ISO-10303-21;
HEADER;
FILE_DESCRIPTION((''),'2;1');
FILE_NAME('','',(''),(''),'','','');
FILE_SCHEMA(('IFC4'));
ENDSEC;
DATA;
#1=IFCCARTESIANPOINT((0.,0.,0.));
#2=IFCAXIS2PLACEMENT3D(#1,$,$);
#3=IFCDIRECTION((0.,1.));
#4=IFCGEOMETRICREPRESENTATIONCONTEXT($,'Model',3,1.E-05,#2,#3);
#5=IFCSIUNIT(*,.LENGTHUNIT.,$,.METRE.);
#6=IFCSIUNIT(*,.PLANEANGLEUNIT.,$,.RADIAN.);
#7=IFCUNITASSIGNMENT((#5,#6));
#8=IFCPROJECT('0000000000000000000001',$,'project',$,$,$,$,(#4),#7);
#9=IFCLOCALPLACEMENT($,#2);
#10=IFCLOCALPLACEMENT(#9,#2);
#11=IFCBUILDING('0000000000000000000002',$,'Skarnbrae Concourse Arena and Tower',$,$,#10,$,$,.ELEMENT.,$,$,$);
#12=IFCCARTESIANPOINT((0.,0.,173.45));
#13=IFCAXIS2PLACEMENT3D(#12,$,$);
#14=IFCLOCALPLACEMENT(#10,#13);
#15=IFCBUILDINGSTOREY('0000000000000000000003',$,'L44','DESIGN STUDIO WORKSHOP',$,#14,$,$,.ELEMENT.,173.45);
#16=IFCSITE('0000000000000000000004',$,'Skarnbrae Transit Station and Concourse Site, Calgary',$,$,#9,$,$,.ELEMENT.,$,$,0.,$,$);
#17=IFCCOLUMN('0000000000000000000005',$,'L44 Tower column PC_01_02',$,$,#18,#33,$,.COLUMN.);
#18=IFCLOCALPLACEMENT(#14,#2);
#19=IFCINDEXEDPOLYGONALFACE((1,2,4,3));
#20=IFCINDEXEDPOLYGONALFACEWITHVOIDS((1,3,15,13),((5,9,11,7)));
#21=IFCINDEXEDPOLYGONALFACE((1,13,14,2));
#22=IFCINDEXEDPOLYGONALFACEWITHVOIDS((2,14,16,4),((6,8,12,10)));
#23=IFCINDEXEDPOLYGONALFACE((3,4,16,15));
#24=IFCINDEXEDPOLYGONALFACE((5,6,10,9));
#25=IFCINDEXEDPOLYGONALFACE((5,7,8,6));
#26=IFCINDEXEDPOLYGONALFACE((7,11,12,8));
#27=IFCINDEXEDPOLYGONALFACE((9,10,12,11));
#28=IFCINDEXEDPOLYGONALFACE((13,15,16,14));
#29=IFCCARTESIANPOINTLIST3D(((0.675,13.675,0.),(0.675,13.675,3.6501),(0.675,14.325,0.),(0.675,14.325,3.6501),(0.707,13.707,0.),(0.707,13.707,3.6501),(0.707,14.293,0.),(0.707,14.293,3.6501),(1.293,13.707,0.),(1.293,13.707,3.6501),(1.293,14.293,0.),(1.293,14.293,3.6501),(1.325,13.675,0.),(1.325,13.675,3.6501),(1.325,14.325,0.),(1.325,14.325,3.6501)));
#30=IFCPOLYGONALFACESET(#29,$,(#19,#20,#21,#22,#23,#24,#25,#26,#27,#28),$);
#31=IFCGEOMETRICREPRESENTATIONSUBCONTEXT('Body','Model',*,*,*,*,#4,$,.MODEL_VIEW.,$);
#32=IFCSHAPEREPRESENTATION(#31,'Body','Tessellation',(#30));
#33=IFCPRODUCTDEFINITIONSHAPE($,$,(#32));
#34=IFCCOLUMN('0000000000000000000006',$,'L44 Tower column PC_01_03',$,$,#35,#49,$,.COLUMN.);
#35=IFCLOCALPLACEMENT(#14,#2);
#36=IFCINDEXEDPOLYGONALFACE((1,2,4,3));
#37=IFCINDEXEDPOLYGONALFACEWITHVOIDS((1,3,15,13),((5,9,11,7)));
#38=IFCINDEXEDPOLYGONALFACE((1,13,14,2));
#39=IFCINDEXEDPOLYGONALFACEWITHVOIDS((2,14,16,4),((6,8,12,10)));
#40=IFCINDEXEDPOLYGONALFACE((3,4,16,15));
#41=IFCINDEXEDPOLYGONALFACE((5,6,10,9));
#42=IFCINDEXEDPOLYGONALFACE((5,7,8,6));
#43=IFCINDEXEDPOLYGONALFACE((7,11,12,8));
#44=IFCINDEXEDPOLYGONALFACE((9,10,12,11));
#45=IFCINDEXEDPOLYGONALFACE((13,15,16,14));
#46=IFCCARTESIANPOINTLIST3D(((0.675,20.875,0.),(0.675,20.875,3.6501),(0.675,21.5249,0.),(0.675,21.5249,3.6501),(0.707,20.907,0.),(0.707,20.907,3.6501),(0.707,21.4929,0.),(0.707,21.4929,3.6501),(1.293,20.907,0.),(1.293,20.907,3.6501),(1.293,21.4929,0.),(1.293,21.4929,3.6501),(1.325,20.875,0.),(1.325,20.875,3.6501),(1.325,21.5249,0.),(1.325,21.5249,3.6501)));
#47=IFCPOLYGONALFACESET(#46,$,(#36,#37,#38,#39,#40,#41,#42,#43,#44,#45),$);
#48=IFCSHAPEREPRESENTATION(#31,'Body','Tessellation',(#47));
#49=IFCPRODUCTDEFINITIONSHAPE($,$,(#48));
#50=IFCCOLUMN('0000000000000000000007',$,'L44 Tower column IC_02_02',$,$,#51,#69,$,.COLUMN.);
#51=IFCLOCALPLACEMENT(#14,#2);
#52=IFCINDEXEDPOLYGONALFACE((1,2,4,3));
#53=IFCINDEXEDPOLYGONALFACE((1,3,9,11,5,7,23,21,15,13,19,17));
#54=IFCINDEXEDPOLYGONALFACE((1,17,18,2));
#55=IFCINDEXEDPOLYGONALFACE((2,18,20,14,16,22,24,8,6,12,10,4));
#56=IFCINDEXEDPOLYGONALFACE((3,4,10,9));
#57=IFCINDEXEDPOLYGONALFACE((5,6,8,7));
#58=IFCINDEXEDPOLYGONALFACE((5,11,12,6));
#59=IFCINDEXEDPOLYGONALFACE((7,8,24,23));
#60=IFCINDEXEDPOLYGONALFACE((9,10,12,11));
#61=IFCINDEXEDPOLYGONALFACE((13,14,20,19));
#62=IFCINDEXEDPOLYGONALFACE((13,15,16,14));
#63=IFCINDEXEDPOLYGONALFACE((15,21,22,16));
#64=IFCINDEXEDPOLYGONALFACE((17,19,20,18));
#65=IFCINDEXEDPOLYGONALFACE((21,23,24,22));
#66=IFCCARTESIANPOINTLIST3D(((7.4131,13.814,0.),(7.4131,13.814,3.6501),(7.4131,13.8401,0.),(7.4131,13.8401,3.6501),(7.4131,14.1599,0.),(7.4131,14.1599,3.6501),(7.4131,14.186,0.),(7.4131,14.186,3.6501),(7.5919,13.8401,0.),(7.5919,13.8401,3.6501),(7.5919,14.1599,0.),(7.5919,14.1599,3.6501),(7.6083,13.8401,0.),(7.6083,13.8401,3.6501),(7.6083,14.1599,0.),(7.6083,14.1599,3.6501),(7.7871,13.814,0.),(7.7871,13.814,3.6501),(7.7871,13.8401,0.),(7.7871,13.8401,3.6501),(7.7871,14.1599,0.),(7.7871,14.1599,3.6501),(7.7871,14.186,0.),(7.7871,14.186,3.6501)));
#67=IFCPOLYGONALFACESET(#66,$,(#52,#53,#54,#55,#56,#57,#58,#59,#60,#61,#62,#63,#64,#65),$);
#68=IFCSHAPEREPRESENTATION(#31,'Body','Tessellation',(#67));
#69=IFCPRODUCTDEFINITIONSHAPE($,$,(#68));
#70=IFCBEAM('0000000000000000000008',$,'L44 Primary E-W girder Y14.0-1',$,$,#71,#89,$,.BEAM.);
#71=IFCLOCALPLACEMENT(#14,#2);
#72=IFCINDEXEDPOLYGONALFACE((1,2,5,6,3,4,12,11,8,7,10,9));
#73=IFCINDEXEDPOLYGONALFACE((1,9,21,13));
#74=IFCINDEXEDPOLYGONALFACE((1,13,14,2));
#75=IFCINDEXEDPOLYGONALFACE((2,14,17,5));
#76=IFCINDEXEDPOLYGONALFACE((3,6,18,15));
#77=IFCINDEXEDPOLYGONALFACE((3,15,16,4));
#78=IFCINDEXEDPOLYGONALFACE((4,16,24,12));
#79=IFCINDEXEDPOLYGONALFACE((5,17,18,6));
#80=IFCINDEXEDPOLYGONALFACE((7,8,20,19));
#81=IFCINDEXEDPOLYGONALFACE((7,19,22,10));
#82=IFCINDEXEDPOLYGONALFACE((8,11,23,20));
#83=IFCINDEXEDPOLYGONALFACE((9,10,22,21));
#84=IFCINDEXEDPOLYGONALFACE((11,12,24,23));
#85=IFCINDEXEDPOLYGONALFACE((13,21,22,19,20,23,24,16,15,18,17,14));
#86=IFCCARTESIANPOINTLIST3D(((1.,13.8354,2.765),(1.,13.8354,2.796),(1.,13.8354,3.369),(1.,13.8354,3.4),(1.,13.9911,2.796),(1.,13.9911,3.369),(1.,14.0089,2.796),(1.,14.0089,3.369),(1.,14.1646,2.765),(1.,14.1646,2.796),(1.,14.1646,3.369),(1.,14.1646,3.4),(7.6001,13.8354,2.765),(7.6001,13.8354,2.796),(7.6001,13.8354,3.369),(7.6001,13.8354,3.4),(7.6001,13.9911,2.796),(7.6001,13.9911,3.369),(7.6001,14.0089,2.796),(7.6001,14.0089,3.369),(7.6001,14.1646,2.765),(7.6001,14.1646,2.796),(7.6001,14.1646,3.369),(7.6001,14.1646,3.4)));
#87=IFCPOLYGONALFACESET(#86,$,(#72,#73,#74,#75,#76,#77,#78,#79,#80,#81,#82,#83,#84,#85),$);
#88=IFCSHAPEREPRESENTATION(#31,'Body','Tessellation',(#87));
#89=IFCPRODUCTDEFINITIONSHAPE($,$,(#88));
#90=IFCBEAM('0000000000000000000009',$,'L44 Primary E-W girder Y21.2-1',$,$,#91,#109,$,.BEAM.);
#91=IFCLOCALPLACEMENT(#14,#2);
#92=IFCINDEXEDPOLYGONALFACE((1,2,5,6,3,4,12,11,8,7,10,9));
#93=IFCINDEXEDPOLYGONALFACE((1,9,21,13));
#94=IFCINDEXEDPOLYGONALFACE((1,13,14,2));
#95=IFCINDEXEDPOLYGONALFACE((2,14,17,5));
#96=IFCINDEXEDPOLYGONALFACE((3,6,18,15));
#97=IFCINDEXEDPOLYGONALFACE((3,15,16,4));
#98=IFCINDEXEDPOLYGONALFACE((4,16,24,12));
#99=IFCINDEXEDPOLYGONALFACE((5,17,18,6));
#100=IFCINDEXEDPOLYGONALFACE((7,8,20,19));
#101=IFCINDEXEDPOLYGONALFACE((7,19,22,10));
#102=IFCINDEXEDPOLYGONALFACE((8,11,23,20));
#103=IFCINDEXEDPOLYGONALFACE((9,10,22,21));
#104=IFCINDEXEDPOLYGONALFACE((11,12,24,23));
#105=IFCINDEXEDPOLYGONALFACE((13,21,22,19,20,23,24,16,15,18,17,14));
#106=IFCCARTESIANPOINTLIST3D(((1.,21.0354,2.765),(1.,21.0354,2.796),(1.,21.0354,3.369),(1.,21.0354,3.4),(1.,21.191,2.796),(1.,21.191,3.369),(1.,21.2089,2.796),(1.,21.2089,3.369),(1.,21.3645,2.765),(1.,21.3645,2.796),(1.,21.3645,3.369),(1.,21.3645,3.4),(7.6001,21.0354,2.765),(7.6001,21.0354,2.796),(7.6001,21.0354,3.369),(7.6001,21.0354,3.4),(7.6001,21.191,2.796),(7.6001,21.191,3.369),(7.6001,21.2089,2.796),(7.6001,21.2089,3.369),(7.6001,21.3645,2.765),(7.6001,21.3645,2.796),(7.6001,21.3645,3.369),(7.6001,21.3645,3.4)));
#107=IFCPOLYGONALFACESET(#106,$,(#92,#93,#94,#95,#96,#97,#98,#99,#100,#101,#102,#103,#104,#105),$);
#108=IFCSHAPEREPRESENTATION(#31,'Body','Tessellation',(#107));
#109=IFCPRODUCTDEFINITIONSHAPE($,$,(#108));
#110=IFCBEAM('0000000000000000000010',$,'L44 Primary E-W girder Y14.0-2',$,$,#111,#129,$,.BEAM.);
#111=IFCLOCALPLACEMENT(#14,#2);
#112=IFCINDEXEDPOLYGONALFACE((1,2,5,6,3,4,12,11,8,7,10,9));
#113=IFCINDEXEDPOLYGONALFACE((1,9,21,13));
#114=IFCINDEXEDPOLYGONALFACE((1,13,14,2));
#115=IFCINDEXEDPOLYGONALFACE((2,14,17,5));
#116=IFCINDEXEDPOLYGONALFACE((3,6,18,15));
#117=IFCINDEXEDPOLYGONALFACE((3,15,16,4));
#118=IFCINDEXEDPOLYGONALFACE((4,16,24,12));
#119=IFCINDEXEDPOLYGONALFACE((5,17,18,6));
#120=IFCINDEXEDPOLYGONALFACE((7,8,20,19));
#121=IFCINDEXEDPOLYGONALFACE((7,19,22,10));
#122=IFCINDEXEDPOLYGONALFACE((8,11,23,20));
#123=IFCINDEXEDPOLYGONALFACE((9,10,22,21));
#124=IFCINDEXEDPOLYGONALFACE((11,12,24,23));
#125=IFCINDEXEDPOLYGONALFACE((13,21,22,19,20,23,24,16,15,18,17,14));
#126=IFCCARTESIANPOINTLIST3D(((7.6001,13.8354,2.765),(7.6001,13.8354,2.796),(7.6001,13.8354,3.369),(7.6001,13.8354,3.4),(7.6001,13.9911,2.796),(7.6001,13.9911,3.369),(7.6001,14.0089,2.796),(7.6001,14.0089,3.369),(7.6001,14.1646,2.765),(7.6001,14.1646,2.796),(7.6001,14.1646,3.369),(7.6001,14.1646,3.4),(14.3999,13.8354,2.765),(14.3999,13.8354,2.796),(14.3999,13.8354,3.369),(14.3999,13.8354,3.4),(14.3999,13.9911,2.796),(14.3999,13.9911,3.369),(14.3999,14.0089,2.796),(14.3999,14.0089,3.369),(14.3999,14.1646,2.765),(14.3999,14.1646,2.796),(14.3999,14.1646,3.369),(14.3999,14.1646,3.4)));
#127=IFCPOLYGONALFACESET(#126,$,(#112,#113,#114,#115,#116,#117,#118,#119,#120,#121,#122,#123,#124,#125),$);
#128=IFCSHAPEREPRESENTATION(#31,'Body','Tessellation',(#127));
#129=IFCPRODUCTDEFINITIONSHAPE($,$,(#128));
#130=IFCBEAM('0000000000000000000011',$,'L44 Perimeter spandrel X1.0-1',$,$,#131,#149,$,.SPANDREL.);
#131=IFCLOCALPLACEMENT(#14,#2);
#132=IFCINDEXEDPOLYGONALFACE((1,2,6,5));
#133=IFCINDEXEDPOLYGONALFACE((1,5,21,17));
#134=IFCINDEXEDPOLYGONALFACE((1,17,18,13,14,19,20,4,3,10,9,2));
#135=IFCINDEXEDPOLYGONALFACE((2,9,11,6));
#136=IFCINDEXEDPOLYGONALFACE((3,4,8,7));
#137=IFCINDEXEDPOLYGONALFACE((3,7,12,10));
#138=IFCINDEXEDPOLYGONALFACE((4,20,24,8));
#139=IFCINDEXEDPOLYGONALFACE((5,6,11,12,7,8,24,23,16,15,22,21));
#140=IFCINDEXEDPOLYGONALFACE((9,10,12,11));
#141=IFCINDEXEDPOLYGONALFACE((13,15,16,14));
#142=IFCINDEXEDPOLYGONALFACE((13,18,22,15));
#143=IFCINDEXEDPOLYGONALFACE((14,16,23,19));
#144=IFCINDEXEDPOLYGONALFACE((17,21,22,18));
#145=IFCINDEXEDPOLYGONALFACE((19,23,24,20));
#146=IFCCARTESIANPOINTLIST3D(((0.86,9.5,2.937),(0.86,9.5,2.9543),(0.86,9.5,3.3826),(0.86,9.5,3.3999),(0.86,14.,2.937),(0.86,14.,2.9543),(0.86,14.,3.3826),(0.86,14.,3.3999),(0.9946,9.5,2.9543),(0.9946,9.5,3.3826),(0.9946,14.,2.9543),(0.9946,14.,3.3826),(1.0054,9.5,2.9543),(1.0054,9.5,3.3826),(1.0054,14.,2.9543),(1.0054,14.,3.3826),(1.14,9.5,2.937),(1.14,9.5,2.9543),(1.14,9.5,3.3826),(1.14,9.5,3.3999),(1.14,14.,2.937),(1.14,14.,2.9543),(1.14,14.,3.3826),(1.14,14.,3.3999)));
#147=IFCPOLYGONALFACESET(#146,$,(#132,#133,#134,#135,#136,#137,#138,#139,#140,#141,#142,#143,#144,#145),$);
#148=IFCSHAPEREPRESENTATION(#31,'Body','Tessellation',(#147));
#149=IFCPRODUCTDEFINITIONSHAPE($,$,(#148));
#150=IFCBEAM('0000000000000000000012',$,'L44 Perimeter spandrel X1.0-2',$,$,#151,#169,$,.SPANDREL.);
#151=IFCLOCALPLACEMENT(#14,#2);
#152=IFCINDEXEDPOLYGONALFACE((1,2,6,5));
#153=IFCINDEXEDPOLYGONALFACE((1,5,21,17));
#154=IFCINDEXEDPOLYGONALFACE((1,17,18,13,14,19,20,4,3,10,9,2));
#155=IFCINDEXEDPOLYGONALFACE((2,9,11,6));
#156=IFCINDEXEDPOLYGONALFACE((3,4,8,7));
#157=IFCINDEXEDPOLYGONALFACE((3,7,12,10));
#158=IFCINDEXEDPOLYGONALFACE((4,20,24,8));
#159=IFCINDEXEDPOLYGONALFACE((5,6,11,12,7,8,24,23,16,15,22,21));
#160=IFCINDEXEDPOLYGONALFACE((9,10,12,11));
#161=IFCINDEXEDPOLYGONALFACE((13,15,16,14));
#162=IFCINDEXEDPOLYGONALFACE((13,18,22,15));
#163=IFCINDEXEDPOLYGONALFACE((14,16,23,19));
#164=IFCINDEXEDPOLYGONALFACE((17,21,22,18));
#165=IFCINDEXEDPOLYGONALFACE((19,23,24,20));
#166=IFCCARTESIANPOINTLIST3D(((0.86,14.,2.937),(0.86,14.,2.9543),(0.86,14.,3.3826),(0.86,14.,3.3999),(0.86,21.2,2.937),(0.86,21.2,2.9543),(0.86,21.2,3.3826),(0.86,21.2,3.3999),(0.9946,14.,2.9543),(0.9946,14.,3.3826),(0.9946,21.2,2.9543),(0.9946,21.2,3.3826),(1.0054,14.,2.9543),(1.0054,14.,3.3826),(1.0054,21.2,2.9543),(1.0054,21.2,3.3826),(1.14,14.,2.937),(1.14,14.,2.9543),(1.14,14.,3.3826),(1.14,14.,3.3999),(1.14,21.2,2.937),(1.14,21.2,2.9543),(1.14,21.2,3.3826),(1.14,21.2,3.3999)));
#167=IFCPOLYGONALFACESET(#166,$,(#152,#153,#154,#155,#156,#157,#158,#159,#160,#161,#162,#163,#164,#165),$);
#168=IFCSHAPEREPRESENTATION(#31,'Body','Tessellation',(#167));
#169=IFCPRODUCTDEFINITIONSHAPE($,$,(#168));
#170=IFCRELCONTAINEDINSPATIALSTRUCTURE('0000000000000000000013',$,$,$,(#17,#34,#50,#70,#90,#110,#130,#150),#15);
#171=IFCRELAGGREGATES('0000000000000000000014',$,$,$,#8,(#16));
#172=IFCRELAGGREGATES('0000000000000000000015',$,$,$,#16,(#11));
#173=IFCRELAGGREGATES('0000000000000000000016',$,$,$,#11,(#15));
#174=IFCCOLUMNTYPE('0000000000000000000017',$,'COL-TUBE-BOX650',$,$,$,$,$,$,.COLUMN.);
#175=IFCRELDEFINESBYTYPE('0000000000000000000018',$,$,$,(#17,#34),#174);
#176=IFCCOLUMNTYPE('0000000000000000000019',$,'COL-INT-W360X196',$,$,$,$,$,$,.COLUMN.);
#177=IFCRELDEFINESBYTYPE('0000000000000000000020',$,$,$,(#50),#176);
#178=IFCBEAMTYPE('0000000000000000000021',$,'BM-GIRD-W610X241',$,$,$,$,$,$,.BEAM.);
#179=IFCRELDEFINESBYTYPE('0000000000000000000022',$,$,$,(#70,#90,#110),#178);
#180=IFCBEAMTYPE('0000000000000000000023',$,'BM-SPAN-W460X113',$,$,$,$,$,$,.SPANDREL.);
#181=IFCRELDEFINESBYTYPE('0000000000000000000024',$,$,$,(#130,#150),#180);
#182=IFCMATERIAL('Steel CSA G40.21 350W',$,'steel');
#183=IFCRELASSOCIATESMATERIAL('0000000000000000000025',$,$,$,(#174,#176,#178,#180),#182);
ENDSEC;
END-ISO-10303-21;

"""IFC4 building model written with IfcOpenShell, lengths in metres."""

from ifc_helpers import new_model, si_unit, direction, frame, origin, origin_2d, place, context, subcontext, project, spatial, hollow_rectangle, i_section, extrude, source, transform, mapped, material, material_profile, profile_set, type_object, element, save


model = new_model("IFC4")

# Units and contexts
model_context = context("Model", 3, precision=1e-05, world=origin(), true_north=direction((0.0, 1.0)))
body_context = subcontext(model_context, "Body", "Model", "MODEL_VIEW")
ifc_project = project(units=[si_unit("LENGTHUNIT", "METRE"), si_unit("PLANEANGLEUNIT", "RADIAN")], contexts=[model_context])

# Site, building, storey
site_placement = place(None, origin())
site = spatial("IfcSite", under=ifc_project, at=site_placement, Name="Skarnbrae Transit Station and Concourse Site, Calgary", CompositionType="ELEMENT", RefElevation=0.0)
building_placement = place(site_placement, origin())
building = spatial("IfcBuilding", under=site, at=building_placement, Name="Skarnbrae Concourse Arena and Tower", CompositionType="ELEMENT")
storey_placement = place(building_placement, frame((0.0, 0.0, 173.45)))
storey = spatial("IfcBuildingStorey", under=building, at=storey_placement, Name="L44", Description="DESIGN STUDIO WORKSHOP", CompositionType="ELEMENT", Elevation=173.45)

# Columns
ifc_material_1 = material(Name="Steel CSA G40.21 350W", Category="steel")
ifc_material_profile_1 = material_profile(ifc_material_1, hollow_rectangle(XDim=0.6499, YDim=0.6499, WallThickness=0.032, at=origin_2d()), Name="BOX650X650X32")
ifc_profile_set_1 = profile_set([ifc_material_profile_1], Name="Steel CSA G40.21 350W")
column_type_1 = type_object("IfcColumnType", Name="COL-TUBE-BOX650", PredefinedType="COLUMN", material=ifc_profile_set_1)
shared_shape_1 = source(origin(), body_context, "Body", "SweptSolid", [
    extrude(hollow_rectangle(XDim=0.6499, YDim=0.6499, WallThickness=0.032, at=origin_2d()), origin(), (0.0, 0.0, 1.0), 3.6501),
])
for number, where, z_axis, x_axis, name in (
    (1, (1.0, 14.0, 0.0), (0.0, 0.0, 1.0), (1.0, 0.0, 0.0), "L44 Tower column PC_01_02"),
    (2, (1.0, 21.2, 0.0), (0.0, 0.0, 1.0), (1.0, 0.0, 0.0), "L44 Tower column PC_01_03"),
):
    element("IfcColumn", number, at=place(storey_placement, frame(where, z_axis=z_axis, x_axis=x_axis)), inside=storey, type_object=column_type_1, Name=name, PredefinedType="COLUMN", context=body_context, shape_type="MappedRepresentation", body=[
        mapped(shared_shape_1, transform((0.0, 0.0, 0.0))),
    ])
ifc_material_profile_2 = material_profile(ifc_material_1, i_section(OverallWidth=0.374, OverallDepth=0.3721, WebThickness=0.0164, FlangeThickness=0.0261, at=origin_2d()), Name="W360X196")
ifc_profile_set_2 = profile_set([ifc_material_profile_2], Name="Steel CSA G40.21 350W")
column_type_2 = type_object("IfcColumnType", Name="COL-INT-W360X196", PredefinedType="COLUMN", material=ifc_profile_set_2)
shared_shape_2 = source(origin(), body_context, "Body", "SweptSolid", [
    extrude(i_section(OverallWidth=0.374, OverallDepth=0.3721, WebThickness=0.0164, FlangeThickness=0.0261, at=origin_2d()), origin(), (0.0, 0.0, 1.0), 3.6501),
])
column_placement = place(storey_placement, frame((7.6001, 14.0, 0.0), z_axis=(0.0, 0.0, 1.0), x_axis=(1.0, 0.0, 0.0)))
element("IfcColumn", 3, at=column_placement, inside=storey, type_object=column_type_2, Name="L44 Tower column IC_02_02", PredefinedType="COLUMN", context=body_context, shape_type="MappedRepresentation", body=[
    mapped(shared_shape_2, transform((0.0, 0.0, 0.0))),
])

# Beams
ifc_material_profile_3 = material_profile(ifc_material_1, i_section(OverallWidth=0.3291, OverallDepth=0.635, WebThickness=0.0178, FlangeThickness=0.031, at=origin_2d()), Name="W610X241")
ifc_profile_set_3 = profile_set([ifc_material_profile_3], Name="Steel CSA G40.21 350W")
beam_type_1 = type_object("IfcBeamType", Name="BM-GIRD-W610X241", PredefinedType="BEAM", material=ifc_profile_set_3)
shared_shape_3 = source(origin(), body_context, "Body", "SweptSolid", [
    extrude(i_section(OverallWidth=0.3291, OverallDepth=0.635, WebThickness=0.0178, FlangeThickness=0.031, at=origin_2d()), origin(), (0.0, 0.0, 1.0), 6.6001),
])
for number, where, z_axis, x_axis, name in (
    (4, (1.0, 14.0, 3.0825), (1.0, 0.0, 0.0), (0.0, 1.0, 0.0), "L44 Primary E-W girder Y14.0-1"),
    (5, (1.0, 21.2, 3.0825), (1.0, 0.0, 0.0), (0.0, 1.0, 0.0), "L44 Primary E-W girder Y21.2-1"),
):
    element("IfcBeam", number, at=place(storey_placement, frame(where, z_axis=z_axis, x_axis=x_axis)), inside=storey, type_object=beam_type_1, Name=name, PredefinedType="BEAM", context=body_context, shape_type="MappedRepresentation", body=[
        mapped(shared_shape_3, transform((0.0, 0.0, 0.0))),
    ])
shared_shape_4 = source(origin(), body_context, "Body", "SweptSolid", [
    extrude(i_section(OverallWidth=0.3291, OverallDepth=0.635, WebThickness=0.0178, FlangeThickness=0.031, at=origin_2d()), origin(), (0.0, 0.0, 1.0), 6.7998),
])
beam_1_placement = place(storey_placement, frame((7.6001, 14.0, 3.0825), z_axis=(1.0, 0.0, 0.0), x_axis=(0.0, 1.0, 0.0)))
element("IfcBeam", 6, at=beam_1_placement, inside=storey, type_object=beam_type_1, Name="L44 Primary E-W girder Y14.0-2", PredefinedType="BEAM", context=body_context, shape_type="MappedRepresentation", body=[
    mapped(shared_shape_4, transform((0.0, 0.0, 0.0))),
])
ifc_material_profile_4 = material_profile(ifc_material_1, i_section(OverallWidth=0.28, OverallDepth=0.4629, WebThickness=0.0107, FlangeThickness=0.0173, at=origin_2d()), Name="W460X113")
ifc_profile_set_4 = profile_set([ifc_material_profile_4], Name="Steel CSA G40.21 350W")
beam_type_2 = type_object("IfcBeamType", Name="BM-SPAN-W460X113", PredefinedType="SPANDREL", material=ifc_profile_set_4)
shared_shape_5 = source(origin(), body_context, "Body", "SweptSolid", [
    extrude(i_section(OverallWidth=0.28, OverallDepth=0.4629, WebThickness=0.0107, FlangeThickness=0.0173, at=origin_2d()), origin(), (0.0, 0.0, 1.0), 4.5),
])
beam_2_placement = place(storey_placement, frame((1.0, 9.5, 3.1685), z_axis=(0.0, 1.0, 0.0), x_axis=(-1.0, 0.0, 0.0)))
element("IfcBeam", 7, at=beam_2_placement, inside=storey, type_object=beam_type_2, Name="L44 Perimeter spandrel X1.0-1", PredefinedType="SPANDREL", context=body_context, shape_type="MappedRepresentation", body=[
    mapped(shared_shape_5, transform((0.0, 0.0, 0.0))),
])
shared_shape_6 = source(origin(), body_context, "Body", "SweptSolid", [
    extrude(i_section(OverallWidth=0.28, OverallDepth=0.4629, WebThickness=0.0107, FlangeThickness=0.0173, at=origin_2d()), origin(), (0.0, 0.0, 1.0), 7.2),
])
beam_3_placement = place(storey_placement, frame((1.0, 14.0, 3.1685), z_axis=(0.0, 1.0, 0.0), x_axis=(-1.0, 0.0, 0.0)))
element("IfcBeam", 8, at=beam_3_placement, inside=storey, type_object=beam_type_2, Name="L44 Perimeter spandrel X1.0-2", PredefinedType="SPANDREL", context=body_context, shape_type="MappedRepresentation", body=[
    mapped(shared_shape_6, transform((0.0, 0.0, 0.0))),
])

save(model, "model.ifc")
